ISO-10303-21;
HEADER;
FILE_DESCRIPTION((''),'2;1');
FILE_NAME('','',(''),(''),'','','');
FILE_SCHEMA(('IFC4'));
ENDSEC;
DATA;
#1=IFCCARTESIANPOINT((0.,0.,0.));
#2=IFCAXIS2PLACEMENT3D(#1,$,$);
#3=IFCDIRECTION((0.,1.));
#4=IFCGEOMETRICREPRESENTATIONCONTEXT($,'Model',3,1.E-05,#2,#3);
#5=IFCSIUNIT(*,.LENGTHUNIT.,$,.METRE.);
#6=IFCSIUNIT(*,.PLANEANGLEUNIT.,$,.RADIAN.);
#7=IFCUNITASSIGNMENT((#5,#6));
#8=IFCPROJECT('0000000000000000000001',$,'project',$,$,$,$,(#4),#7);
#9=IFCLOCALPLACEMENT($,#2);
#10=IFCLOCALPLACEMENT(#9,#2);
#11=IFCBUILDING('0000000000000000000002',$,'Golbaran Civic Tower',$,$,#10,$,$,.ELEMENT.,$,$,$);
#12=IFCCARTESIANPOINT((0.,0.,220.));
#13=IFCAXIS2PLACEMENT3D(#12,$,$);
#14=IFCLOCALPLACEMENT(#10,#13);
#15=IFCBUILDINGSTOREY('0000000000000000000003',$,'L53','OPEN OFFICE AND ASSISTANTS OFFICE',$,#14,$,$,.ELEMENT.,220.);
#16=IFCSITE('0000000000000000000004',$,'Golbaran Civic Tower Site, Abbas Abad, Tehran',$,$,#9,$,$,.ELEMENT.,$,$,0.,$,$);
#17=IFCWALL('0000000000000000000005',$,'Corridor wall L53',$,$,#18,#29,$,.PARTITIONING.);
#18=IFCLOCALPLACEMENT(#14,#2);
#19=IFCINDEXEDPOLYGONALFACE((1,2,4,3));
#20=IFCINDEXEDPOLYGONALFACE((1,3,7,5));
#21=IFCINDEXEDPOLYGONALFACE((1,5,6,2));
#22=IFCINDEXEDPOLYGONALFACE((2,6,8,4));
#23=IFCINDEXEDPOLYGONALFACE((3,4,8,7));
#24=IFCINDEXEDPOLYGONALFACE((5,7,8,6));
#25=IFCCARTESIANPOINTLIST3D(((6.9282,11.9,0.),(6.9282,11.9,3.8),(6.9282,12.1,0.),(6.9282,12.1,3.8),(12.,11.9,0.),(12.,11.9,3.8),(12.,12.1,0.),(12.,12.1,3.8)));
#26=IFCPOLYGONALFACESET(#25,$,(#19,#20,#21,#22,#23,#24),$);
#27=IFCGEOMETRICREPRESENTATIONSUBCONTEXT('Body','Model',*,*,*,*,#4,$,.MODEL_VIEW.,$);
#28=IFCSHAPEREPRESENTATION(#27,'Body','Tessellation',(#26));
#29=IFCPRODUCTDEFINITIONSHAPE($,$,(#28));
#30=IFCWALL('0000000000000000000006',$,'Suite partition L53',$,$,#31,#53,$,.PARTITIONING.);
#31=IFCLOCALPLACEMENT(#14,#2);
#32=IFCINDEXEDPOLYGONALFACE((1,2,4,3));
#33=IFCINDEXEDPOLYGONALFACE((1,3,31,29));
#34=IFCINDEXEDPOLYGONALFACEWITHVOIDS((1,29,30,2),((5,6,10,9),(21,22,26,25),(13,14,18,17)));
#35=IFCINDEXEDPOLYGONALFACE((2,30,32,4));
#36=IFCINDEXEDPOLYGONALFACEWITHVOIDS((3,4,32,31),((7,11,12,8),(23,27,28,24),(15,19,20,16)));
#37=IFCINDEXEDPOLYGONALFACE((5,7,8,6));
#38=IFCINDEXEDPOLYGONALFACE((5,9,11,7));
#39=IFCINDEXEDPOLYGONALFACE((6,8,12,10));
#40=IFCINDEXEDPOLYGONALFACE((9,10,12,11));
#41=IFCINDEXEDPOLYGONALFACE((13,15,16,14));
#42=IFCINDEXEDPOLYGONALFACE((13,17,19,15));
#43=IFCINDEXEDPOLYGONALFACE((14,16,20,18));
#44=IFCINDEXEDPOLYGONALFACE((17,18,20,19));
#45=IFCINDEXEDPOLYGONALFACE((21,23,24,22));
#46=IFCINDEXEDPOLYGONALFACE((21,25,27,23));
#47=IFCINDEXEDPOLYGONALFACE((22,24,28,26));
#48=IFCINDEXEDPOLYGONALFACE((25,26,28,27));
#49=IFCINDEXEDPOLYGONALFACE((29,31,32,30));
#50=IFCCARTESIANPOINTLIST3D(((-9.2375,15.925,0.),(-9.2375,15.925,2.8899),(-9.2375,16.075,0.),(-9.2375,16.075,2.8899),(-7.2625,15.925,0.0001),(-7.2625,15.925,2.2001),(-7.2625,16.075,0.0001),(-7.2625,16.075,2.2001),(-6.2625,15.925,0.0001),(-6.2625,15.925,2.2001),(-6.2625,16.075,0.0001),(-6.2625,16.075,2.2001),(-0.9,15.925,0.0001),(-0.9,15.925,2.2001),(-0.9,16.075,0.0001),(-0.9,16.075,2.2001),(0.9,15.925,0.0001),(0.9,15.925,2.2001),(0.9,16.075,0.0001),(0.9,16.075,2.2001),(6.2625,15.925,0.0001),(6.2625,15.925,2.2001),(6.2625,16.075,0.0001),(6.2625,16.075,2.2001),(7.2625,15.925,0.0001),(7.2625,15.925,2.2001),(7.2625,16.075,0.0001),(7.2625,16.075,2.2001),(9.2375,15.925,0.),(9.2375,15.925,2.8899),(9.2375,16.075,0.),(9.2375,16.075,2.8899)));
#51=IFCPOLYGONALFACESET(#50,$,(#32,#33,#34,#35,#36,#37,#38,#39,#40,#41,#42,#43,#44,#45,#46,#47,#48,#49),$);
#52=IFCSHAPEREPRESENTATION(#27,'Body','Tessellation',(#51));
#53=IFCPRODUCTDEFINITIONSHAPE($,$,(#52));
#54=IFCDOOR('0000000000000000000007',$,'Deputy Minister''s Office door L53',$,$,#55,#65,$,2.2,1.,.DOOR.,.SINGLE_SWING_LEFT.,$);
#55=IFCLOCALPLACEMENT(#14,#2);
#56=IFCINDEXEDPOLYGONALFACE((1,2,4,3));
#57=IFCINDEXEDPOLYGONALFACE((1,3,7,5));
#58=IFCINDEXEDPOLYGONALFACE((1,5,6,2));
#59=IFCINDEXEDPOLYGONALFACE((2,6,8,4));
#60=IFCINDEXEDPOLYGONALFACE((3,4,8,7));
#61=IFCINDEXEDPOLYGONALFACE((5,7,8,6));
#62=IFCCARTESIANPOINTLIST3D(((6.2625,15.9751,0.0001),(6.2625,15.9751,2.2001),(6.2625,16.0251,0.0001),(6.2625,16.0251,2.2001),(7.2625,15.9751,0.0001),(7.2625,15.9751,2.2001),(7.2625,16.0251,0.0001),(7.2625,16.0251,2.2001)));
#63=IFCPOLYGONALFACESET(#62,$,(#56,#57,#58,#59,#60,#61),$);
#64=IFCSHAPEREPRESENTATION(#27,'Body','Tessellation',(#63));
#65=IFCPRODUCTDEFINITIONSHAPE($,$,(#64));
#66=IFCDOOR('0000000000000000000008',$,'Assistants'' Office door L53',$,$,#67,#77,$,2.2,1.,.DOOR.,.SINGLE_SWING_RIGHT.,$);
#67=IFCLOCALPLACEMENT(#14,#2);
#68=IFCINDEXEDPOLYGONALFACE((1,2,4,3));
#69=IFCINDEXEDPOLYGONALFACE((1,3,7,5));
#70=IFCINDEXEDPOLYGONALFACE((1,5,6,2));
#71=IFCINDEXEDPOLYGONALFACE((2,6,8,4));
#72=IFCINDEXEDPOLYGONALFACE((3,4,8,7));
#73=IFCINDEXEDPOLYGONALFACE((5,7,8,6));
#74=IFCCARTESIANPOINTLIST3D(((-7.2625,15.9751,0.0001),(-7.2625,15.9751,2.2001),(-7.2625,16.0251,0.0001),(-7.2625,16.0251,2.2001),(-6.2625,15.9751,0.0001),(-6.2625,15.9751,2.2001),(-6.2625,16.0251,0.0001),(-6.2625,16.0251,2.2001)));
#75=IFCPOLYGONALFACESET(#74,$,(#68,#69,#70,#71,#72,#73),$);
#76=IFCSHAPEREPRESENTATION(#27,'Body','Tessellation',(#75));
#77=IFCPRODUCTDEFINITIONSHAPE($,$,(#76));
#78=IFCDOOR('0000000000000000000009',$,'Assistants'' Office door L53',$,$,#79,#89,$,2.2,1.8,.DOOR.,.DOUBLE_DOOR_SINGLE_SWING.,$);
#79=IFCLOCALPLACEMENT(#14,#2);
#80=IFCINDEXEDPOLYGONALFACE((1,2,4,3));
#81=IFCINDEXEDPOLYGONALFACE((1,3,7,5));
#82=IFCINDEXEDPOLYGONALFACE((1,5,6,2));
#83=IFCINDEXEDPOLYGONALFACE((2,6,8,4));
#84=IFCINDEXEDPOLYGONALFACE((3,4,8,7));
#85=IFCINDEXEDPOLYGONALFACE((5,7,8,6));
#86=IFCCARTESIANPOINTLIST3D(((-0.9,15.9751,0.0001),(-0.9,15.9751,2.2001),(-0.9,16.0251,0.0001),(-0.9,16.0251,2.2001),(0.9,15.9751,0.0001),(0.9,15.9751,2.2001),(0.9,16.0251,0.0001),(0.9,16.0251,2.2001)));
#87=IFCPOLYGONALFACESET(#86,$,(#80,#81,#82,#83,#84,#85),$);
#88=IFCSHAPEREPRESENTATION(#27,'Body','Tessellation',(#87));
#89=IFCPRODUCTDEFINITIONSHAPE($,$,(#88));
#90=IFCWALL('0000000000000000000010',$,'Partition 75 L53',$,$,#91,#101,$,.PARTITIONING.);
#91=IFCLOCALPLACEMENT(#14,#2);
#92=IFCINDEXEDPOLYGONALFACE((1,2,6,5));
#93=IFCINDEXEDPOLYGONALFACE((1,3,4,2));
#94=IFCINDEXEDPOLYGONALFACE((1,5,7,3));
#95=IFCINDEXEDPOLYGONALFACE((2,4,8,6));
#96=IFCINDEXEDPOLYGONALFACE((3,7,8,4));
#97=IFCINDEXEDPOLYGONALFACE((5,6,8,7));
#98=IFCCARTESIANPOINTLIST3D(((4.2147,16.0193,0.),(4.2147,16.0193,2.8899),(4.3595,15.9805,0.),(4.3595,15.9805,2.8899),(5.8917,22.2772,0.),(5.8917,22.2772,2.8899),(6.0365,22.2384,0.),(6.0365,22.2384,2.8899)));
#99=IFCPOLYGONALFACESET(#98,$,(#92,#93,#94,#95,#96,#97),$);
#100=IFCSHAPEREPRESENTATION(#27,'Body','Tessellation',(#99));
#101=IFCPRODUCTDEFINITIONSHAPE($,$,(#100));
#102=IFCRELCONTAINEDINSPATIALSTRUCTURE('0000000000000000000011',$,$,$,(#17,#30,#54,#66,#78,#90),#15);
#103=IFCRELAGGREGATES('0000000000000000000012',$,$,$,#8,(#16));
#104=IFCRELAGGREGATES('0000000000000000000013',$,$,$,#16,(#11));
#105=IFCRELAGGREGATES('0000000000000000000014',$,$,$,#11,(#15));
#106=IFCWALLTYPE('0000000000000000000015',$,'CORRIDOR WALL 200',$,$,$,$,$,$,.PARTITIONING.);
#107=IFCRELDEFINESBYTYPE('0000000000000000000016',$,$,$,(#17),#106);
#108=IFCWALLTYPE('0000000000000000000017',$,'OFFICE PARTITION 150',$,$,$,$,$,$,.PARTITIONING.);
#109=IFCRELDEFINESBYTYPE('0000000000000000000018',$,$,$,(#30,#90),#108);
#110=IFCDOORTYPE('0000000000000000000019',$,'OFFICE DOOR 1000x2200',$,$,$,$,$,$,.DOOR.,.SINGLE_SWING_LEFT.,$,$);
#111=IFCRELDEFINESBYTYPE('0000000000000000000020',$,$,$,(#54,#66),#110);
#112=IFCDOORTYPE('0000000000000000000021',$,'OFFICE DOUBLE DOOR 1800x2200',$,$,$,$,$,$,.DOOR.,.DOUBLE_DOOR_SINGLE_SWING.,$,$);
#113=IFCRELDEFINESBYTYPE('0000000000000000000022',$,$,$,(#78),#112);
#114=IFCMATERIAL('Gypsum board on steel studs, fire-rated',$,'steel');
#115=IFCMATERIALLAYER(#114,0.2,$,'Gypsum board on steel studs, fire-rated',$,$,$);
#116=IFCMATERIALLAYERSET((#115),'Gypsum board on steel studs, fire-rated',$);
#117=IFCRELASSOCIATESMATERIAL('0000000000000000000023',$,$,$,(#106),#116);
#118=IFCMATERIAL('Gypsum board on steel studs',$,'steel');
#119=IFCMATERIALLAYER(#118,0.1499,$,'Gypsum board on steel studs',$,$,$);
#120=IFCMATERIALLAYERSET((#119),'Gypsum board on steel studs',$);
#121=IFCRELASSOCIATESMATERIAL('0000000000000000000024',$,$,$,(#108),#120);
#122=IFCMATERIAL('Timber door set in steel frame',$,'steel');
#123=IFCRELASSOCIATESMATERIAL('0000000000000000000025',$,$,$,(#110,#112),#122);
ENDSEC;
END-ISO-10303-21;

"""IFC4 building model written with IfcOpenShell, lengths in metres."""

from ifc_helpers import new_model, si_unit, direction, frame, frame_2d, origin, place, context, subcontext, project, spatial, rectangle, extrude, material, layer, layer_set, type_object, element, fill, save


model = new_model("IFC4")

# Units and contexts
model_context = context("Model", 3, precision=1e-05, world=origin(), true_north=direction((0.0, 1.0)))
body_context = subcontext(model_context, "Body", "Model", "MODEL_VIEW")
ifc_project = project(units=[si_unit("LENGTHUNIT", "METRE"), si_unit("PLANEANGLEUNIT", "RADIAN")], contexts=[model_context])

# Site, building, storey
site_placement = place(None, origin())
site = spatial("IfcSite", under=ifc_project, at=site_placement, Name="Golbaran Civic Tower Site, Abbas Abad, Tehran", CompositionType="ELEMENT", RefElevation=0.0)
building_placement = place(site_placement, origin())
building = spatial("IfcBuilding", under=site, at=building_placement, Name="Golbaran Civic Tower", CompositionType="ELEMENT")
storey_placement = place(building_placement, frame((0.0, 0.0, 220.0)))
storey = spatial("IfcBuildingStorey", under=building, at=storey_placement, Name="L53", Description="OPEN OFFICE AND ASSISTANTS OFFICE", CompositionType="ELEMENT", Elevation=220.0)

# Wall
ifc_material_1 = material(Name="Gypsum board on steel studs, fire-rated", Category="steel")
ifc_layer_1 = layer(ifc_material_1, 0.2, Name="Gypsum board on steel studs, fire-rated")
ifc_layer_set_1 = layer_set([ifc_layer_1], Name="Gypsum board on steel studs, fire-rated")
wall_type_1 = type_object("IfcWallType", Name="CORRIDOR WALL 200", PredefinedType="PARTITIONING", material=ifc_layer_set_1)
wall_1_placement = place(storey_placement, frame((12.0, 12.0, 0.0), z_axis=(0.0, 0.0, 1.0), x_axis=(-1.0, 0.0, 0.0)))
element("IfcWall", 1, at=wall_1_placement, inside=storey, type_object=wall_type_1, Name="Corridor wall L53", PredefinedType="PARTITIONING", context=body_context, shape_type="SweptSolid", body=[
    extrude(rectangle(XDim=5.0718, YDim=0.2, at=frame_2d((2.5359, 0.0))), origin(), (0.0, 0.0, 1.0), 3.8),
])

# Wall, openings, doors
ifc_material_2 = material(Name="Gypsum board on steel studs", Category="steel")
ifc_layer_2 = layer(ifc_material_2, 0.1499, Name="Gypsum board on steel studs")
ifc_layer_set_2 = layer_set([ifc_layer_2], Name="Gypsum board on steel studs")
wall_type_2 = type_object("IfcWallType", Name="OFFICE PARTITION 150", PredefinedType="PARTITIONING", material=ifc_layer_set_2)
wall_2_placement = place(storey_placement, frame((9.2375, 16.0, 0.0), z_axis=(0.0, 0.0, 1.0), x_axis=(-1.0, 0.0, 0.0)))
wall_2 = element("IfcWall", 2, at=wall_2_placement, inside=storey, type_object=wall_type_2, Name="Suite partition L53", PredefinedType="PARTITIONING", context=body_context, shape_type="SweptSolid", body=[
    extrude(rectangle(XDim=18.4751, YDim=0.1499, at=frame_2d((9.2375, 0.0))), origin(), (0.0, 0.0, 1.0), 2.8899),
])
opening_1_placement = place(wall_2_placement, frame((1.9751, 0.0, 0.0)))
opening_1 = element("IfcOpeningElement", 3, at=opening_1_placement, cuts=wall_2, PredefinedType="OPENING", context=body_context, shape_type="SweptSolid", body=[
    extrude(rectangle(XDim=1.0, YDim=2.2, at=frame_2d((0.5, 1.1001))), frame((0.0, 0.085, 0.0), z_axis=(0.0, -1.0, 0.0), x_axis=(1.0, 0.0, 0.0)), (0.0, 0.0, 1.0), 0.1699),
])
opening_2_placement = place(wall_2_placement, frame((8.3376, 0.0, 0.0)))
opening_2 = element("IfcOpeningElement", 4, at=opening_2_placement, cuts=wall_2, PredefinedType="OPENING", context=body_context, shape_type="SweptSolid", body=[
    extrude(rectangle(XDim=1.8, YDim=2.2, at=frame_2d((0.8999, 1.1001))), frame((0.0, 0.085, 0.0), z_axis=(0.0, -1.0, 0.0), x_axis=(1.0, 0.0, 0.0)), (0.0, 0.0, 1.0), 0.1699),
])
opening_3_placement = place(wall_2_placement, frame((15.5, 0.0, 0.0)))
opening_3 = element("IfcOpeningElement", 5, at=opening_3_placement, cuts=wall_2, PredefinedType="OPENING", context=body_context, shape_type="SweptSolid", body=[
    extrude(rectangle(XDim=1.0, YDim=2.2, at=frame_2d((0.5, 1.1001))), frame((0.0, 0.085, 0.0), z_axis=(0.0, -1.0, 0.0), x_axis=(1.0, 0.0, 0.0)), (0.0, 0.0, 1.0), 0.1699),
])
ifc_material_3 = material(Name="Timber door set in steel frame", Category="steel")
door_type_1 = type_object("IfcDoorType", Name="OFFICE DOOR 1000x2200", OperationType="SINGLE_SWING_LEFT", PredefinedType="DOOR", material=ifc_material_3)
door_1_placement = place(opening_1_placement, origin())
door_1 = element("IfcDoor", 6, at=door_1_placement, inside=storey, type_object=door_type_1, Name="Deputy Minister's Office door L53", OperationType="SINGLE_SWING_LEFT", OverallHeight=2.2, OverallWidth=1.0, PredefinedType="DOOR", context=body_context, shape_type="SweptSolid", body=[
    extrude(rectangle(XDim=1.0, YDim=2.2, at=frame_2d((0.5, 1.1001))), frame((0.0, 0.0249, 0.0), z_axis=(0.0, -1.0, 0.0), x_axis=(1.0, 0.0, 0.0)), (0.0, 0.0, 1.0), 0.05),
])
fill(opening_1, door_1)
door_2_placement = place(opening_3_placement, origin())
door_2 = element("IfcDoor", 7, at=door_2_placement, inside=storey, type_object=door_type_1, Name="Assistants' Office door L53", OperationType="SINGLE_SWING_RIGHT", OverallHeight=2.2, OverallWidth=1.0, PredefinedType="DOOR", context=body_context, shape_type="SweptSolid", body=[
    extrude(rectangle(XDim=1.0, YDim=2.2, at=frame_2d((0.5, 1.1001))), frame((0.0, 0.0249, 0.0), z_axis=(0.0, -1.0, 0.0), x_axis=(1.0, 0.0, 0.0)), (0.0, 0.0, 1.0), 0.05),
])
fill(opening_3, door_2)
door_type_2 = type_object("IfcDoorType", Name="OFFICE DOUBLE DOOR 1800x2200", OperationType="DOUBLE_DOOR_SINGLE_SWING", PredefinedType="DOOR", material=ifc_material_3)
door_3_placement = place(opening_2_placement, origin())
door_3 = element("IfcDoor", 8, at=door_3_placement, inside=storey, type_object=door_type_2, Name="Assistants' Office door L53", OperationType="DOUBLE_DOOR_SINGLE_SWING", OverallHeight=2.2, OverallWidth=1.8, PredefinedType="DOOR", context=body_context, shape_type="SweptSolid", body=[
    extrude(rectangle(XDim=1.8, YDim=2.2, at=frame_2d((0.8999, 1.1001))), frame((0.0, 0.0249, 0.0), z_axis=(0.0, -1.0, 0.0), x_axis=(1.0, 0.0, 0.0)), (0.0, 0.0, 1.0), 0.05),
])
fill(opening_2, door_3)

# Wall
wall_3_placement = place(storey_placement, frame((4.2871, 16.0, 0.0), z_axis=(0.0, 0.0, 1.0), x_axis=(0.258842, 0.96592, 0.0)))
element("IfcWall", 9, at=wall_3_placement, inside=storey, type_object=wall_type_2, Name="Partition 75 L53", PredefinedType="PARTITIONING", context=body_context, shape_type="SweptSolid", body=[
    extrude(rectangle(XDim=6.4788, YDim=0.1499, at=frame_2d((3.2393, 0.0))), origin(), (0.0, 0.0, 1.0), 2.8899),
])

save(model, "model.ifc")
